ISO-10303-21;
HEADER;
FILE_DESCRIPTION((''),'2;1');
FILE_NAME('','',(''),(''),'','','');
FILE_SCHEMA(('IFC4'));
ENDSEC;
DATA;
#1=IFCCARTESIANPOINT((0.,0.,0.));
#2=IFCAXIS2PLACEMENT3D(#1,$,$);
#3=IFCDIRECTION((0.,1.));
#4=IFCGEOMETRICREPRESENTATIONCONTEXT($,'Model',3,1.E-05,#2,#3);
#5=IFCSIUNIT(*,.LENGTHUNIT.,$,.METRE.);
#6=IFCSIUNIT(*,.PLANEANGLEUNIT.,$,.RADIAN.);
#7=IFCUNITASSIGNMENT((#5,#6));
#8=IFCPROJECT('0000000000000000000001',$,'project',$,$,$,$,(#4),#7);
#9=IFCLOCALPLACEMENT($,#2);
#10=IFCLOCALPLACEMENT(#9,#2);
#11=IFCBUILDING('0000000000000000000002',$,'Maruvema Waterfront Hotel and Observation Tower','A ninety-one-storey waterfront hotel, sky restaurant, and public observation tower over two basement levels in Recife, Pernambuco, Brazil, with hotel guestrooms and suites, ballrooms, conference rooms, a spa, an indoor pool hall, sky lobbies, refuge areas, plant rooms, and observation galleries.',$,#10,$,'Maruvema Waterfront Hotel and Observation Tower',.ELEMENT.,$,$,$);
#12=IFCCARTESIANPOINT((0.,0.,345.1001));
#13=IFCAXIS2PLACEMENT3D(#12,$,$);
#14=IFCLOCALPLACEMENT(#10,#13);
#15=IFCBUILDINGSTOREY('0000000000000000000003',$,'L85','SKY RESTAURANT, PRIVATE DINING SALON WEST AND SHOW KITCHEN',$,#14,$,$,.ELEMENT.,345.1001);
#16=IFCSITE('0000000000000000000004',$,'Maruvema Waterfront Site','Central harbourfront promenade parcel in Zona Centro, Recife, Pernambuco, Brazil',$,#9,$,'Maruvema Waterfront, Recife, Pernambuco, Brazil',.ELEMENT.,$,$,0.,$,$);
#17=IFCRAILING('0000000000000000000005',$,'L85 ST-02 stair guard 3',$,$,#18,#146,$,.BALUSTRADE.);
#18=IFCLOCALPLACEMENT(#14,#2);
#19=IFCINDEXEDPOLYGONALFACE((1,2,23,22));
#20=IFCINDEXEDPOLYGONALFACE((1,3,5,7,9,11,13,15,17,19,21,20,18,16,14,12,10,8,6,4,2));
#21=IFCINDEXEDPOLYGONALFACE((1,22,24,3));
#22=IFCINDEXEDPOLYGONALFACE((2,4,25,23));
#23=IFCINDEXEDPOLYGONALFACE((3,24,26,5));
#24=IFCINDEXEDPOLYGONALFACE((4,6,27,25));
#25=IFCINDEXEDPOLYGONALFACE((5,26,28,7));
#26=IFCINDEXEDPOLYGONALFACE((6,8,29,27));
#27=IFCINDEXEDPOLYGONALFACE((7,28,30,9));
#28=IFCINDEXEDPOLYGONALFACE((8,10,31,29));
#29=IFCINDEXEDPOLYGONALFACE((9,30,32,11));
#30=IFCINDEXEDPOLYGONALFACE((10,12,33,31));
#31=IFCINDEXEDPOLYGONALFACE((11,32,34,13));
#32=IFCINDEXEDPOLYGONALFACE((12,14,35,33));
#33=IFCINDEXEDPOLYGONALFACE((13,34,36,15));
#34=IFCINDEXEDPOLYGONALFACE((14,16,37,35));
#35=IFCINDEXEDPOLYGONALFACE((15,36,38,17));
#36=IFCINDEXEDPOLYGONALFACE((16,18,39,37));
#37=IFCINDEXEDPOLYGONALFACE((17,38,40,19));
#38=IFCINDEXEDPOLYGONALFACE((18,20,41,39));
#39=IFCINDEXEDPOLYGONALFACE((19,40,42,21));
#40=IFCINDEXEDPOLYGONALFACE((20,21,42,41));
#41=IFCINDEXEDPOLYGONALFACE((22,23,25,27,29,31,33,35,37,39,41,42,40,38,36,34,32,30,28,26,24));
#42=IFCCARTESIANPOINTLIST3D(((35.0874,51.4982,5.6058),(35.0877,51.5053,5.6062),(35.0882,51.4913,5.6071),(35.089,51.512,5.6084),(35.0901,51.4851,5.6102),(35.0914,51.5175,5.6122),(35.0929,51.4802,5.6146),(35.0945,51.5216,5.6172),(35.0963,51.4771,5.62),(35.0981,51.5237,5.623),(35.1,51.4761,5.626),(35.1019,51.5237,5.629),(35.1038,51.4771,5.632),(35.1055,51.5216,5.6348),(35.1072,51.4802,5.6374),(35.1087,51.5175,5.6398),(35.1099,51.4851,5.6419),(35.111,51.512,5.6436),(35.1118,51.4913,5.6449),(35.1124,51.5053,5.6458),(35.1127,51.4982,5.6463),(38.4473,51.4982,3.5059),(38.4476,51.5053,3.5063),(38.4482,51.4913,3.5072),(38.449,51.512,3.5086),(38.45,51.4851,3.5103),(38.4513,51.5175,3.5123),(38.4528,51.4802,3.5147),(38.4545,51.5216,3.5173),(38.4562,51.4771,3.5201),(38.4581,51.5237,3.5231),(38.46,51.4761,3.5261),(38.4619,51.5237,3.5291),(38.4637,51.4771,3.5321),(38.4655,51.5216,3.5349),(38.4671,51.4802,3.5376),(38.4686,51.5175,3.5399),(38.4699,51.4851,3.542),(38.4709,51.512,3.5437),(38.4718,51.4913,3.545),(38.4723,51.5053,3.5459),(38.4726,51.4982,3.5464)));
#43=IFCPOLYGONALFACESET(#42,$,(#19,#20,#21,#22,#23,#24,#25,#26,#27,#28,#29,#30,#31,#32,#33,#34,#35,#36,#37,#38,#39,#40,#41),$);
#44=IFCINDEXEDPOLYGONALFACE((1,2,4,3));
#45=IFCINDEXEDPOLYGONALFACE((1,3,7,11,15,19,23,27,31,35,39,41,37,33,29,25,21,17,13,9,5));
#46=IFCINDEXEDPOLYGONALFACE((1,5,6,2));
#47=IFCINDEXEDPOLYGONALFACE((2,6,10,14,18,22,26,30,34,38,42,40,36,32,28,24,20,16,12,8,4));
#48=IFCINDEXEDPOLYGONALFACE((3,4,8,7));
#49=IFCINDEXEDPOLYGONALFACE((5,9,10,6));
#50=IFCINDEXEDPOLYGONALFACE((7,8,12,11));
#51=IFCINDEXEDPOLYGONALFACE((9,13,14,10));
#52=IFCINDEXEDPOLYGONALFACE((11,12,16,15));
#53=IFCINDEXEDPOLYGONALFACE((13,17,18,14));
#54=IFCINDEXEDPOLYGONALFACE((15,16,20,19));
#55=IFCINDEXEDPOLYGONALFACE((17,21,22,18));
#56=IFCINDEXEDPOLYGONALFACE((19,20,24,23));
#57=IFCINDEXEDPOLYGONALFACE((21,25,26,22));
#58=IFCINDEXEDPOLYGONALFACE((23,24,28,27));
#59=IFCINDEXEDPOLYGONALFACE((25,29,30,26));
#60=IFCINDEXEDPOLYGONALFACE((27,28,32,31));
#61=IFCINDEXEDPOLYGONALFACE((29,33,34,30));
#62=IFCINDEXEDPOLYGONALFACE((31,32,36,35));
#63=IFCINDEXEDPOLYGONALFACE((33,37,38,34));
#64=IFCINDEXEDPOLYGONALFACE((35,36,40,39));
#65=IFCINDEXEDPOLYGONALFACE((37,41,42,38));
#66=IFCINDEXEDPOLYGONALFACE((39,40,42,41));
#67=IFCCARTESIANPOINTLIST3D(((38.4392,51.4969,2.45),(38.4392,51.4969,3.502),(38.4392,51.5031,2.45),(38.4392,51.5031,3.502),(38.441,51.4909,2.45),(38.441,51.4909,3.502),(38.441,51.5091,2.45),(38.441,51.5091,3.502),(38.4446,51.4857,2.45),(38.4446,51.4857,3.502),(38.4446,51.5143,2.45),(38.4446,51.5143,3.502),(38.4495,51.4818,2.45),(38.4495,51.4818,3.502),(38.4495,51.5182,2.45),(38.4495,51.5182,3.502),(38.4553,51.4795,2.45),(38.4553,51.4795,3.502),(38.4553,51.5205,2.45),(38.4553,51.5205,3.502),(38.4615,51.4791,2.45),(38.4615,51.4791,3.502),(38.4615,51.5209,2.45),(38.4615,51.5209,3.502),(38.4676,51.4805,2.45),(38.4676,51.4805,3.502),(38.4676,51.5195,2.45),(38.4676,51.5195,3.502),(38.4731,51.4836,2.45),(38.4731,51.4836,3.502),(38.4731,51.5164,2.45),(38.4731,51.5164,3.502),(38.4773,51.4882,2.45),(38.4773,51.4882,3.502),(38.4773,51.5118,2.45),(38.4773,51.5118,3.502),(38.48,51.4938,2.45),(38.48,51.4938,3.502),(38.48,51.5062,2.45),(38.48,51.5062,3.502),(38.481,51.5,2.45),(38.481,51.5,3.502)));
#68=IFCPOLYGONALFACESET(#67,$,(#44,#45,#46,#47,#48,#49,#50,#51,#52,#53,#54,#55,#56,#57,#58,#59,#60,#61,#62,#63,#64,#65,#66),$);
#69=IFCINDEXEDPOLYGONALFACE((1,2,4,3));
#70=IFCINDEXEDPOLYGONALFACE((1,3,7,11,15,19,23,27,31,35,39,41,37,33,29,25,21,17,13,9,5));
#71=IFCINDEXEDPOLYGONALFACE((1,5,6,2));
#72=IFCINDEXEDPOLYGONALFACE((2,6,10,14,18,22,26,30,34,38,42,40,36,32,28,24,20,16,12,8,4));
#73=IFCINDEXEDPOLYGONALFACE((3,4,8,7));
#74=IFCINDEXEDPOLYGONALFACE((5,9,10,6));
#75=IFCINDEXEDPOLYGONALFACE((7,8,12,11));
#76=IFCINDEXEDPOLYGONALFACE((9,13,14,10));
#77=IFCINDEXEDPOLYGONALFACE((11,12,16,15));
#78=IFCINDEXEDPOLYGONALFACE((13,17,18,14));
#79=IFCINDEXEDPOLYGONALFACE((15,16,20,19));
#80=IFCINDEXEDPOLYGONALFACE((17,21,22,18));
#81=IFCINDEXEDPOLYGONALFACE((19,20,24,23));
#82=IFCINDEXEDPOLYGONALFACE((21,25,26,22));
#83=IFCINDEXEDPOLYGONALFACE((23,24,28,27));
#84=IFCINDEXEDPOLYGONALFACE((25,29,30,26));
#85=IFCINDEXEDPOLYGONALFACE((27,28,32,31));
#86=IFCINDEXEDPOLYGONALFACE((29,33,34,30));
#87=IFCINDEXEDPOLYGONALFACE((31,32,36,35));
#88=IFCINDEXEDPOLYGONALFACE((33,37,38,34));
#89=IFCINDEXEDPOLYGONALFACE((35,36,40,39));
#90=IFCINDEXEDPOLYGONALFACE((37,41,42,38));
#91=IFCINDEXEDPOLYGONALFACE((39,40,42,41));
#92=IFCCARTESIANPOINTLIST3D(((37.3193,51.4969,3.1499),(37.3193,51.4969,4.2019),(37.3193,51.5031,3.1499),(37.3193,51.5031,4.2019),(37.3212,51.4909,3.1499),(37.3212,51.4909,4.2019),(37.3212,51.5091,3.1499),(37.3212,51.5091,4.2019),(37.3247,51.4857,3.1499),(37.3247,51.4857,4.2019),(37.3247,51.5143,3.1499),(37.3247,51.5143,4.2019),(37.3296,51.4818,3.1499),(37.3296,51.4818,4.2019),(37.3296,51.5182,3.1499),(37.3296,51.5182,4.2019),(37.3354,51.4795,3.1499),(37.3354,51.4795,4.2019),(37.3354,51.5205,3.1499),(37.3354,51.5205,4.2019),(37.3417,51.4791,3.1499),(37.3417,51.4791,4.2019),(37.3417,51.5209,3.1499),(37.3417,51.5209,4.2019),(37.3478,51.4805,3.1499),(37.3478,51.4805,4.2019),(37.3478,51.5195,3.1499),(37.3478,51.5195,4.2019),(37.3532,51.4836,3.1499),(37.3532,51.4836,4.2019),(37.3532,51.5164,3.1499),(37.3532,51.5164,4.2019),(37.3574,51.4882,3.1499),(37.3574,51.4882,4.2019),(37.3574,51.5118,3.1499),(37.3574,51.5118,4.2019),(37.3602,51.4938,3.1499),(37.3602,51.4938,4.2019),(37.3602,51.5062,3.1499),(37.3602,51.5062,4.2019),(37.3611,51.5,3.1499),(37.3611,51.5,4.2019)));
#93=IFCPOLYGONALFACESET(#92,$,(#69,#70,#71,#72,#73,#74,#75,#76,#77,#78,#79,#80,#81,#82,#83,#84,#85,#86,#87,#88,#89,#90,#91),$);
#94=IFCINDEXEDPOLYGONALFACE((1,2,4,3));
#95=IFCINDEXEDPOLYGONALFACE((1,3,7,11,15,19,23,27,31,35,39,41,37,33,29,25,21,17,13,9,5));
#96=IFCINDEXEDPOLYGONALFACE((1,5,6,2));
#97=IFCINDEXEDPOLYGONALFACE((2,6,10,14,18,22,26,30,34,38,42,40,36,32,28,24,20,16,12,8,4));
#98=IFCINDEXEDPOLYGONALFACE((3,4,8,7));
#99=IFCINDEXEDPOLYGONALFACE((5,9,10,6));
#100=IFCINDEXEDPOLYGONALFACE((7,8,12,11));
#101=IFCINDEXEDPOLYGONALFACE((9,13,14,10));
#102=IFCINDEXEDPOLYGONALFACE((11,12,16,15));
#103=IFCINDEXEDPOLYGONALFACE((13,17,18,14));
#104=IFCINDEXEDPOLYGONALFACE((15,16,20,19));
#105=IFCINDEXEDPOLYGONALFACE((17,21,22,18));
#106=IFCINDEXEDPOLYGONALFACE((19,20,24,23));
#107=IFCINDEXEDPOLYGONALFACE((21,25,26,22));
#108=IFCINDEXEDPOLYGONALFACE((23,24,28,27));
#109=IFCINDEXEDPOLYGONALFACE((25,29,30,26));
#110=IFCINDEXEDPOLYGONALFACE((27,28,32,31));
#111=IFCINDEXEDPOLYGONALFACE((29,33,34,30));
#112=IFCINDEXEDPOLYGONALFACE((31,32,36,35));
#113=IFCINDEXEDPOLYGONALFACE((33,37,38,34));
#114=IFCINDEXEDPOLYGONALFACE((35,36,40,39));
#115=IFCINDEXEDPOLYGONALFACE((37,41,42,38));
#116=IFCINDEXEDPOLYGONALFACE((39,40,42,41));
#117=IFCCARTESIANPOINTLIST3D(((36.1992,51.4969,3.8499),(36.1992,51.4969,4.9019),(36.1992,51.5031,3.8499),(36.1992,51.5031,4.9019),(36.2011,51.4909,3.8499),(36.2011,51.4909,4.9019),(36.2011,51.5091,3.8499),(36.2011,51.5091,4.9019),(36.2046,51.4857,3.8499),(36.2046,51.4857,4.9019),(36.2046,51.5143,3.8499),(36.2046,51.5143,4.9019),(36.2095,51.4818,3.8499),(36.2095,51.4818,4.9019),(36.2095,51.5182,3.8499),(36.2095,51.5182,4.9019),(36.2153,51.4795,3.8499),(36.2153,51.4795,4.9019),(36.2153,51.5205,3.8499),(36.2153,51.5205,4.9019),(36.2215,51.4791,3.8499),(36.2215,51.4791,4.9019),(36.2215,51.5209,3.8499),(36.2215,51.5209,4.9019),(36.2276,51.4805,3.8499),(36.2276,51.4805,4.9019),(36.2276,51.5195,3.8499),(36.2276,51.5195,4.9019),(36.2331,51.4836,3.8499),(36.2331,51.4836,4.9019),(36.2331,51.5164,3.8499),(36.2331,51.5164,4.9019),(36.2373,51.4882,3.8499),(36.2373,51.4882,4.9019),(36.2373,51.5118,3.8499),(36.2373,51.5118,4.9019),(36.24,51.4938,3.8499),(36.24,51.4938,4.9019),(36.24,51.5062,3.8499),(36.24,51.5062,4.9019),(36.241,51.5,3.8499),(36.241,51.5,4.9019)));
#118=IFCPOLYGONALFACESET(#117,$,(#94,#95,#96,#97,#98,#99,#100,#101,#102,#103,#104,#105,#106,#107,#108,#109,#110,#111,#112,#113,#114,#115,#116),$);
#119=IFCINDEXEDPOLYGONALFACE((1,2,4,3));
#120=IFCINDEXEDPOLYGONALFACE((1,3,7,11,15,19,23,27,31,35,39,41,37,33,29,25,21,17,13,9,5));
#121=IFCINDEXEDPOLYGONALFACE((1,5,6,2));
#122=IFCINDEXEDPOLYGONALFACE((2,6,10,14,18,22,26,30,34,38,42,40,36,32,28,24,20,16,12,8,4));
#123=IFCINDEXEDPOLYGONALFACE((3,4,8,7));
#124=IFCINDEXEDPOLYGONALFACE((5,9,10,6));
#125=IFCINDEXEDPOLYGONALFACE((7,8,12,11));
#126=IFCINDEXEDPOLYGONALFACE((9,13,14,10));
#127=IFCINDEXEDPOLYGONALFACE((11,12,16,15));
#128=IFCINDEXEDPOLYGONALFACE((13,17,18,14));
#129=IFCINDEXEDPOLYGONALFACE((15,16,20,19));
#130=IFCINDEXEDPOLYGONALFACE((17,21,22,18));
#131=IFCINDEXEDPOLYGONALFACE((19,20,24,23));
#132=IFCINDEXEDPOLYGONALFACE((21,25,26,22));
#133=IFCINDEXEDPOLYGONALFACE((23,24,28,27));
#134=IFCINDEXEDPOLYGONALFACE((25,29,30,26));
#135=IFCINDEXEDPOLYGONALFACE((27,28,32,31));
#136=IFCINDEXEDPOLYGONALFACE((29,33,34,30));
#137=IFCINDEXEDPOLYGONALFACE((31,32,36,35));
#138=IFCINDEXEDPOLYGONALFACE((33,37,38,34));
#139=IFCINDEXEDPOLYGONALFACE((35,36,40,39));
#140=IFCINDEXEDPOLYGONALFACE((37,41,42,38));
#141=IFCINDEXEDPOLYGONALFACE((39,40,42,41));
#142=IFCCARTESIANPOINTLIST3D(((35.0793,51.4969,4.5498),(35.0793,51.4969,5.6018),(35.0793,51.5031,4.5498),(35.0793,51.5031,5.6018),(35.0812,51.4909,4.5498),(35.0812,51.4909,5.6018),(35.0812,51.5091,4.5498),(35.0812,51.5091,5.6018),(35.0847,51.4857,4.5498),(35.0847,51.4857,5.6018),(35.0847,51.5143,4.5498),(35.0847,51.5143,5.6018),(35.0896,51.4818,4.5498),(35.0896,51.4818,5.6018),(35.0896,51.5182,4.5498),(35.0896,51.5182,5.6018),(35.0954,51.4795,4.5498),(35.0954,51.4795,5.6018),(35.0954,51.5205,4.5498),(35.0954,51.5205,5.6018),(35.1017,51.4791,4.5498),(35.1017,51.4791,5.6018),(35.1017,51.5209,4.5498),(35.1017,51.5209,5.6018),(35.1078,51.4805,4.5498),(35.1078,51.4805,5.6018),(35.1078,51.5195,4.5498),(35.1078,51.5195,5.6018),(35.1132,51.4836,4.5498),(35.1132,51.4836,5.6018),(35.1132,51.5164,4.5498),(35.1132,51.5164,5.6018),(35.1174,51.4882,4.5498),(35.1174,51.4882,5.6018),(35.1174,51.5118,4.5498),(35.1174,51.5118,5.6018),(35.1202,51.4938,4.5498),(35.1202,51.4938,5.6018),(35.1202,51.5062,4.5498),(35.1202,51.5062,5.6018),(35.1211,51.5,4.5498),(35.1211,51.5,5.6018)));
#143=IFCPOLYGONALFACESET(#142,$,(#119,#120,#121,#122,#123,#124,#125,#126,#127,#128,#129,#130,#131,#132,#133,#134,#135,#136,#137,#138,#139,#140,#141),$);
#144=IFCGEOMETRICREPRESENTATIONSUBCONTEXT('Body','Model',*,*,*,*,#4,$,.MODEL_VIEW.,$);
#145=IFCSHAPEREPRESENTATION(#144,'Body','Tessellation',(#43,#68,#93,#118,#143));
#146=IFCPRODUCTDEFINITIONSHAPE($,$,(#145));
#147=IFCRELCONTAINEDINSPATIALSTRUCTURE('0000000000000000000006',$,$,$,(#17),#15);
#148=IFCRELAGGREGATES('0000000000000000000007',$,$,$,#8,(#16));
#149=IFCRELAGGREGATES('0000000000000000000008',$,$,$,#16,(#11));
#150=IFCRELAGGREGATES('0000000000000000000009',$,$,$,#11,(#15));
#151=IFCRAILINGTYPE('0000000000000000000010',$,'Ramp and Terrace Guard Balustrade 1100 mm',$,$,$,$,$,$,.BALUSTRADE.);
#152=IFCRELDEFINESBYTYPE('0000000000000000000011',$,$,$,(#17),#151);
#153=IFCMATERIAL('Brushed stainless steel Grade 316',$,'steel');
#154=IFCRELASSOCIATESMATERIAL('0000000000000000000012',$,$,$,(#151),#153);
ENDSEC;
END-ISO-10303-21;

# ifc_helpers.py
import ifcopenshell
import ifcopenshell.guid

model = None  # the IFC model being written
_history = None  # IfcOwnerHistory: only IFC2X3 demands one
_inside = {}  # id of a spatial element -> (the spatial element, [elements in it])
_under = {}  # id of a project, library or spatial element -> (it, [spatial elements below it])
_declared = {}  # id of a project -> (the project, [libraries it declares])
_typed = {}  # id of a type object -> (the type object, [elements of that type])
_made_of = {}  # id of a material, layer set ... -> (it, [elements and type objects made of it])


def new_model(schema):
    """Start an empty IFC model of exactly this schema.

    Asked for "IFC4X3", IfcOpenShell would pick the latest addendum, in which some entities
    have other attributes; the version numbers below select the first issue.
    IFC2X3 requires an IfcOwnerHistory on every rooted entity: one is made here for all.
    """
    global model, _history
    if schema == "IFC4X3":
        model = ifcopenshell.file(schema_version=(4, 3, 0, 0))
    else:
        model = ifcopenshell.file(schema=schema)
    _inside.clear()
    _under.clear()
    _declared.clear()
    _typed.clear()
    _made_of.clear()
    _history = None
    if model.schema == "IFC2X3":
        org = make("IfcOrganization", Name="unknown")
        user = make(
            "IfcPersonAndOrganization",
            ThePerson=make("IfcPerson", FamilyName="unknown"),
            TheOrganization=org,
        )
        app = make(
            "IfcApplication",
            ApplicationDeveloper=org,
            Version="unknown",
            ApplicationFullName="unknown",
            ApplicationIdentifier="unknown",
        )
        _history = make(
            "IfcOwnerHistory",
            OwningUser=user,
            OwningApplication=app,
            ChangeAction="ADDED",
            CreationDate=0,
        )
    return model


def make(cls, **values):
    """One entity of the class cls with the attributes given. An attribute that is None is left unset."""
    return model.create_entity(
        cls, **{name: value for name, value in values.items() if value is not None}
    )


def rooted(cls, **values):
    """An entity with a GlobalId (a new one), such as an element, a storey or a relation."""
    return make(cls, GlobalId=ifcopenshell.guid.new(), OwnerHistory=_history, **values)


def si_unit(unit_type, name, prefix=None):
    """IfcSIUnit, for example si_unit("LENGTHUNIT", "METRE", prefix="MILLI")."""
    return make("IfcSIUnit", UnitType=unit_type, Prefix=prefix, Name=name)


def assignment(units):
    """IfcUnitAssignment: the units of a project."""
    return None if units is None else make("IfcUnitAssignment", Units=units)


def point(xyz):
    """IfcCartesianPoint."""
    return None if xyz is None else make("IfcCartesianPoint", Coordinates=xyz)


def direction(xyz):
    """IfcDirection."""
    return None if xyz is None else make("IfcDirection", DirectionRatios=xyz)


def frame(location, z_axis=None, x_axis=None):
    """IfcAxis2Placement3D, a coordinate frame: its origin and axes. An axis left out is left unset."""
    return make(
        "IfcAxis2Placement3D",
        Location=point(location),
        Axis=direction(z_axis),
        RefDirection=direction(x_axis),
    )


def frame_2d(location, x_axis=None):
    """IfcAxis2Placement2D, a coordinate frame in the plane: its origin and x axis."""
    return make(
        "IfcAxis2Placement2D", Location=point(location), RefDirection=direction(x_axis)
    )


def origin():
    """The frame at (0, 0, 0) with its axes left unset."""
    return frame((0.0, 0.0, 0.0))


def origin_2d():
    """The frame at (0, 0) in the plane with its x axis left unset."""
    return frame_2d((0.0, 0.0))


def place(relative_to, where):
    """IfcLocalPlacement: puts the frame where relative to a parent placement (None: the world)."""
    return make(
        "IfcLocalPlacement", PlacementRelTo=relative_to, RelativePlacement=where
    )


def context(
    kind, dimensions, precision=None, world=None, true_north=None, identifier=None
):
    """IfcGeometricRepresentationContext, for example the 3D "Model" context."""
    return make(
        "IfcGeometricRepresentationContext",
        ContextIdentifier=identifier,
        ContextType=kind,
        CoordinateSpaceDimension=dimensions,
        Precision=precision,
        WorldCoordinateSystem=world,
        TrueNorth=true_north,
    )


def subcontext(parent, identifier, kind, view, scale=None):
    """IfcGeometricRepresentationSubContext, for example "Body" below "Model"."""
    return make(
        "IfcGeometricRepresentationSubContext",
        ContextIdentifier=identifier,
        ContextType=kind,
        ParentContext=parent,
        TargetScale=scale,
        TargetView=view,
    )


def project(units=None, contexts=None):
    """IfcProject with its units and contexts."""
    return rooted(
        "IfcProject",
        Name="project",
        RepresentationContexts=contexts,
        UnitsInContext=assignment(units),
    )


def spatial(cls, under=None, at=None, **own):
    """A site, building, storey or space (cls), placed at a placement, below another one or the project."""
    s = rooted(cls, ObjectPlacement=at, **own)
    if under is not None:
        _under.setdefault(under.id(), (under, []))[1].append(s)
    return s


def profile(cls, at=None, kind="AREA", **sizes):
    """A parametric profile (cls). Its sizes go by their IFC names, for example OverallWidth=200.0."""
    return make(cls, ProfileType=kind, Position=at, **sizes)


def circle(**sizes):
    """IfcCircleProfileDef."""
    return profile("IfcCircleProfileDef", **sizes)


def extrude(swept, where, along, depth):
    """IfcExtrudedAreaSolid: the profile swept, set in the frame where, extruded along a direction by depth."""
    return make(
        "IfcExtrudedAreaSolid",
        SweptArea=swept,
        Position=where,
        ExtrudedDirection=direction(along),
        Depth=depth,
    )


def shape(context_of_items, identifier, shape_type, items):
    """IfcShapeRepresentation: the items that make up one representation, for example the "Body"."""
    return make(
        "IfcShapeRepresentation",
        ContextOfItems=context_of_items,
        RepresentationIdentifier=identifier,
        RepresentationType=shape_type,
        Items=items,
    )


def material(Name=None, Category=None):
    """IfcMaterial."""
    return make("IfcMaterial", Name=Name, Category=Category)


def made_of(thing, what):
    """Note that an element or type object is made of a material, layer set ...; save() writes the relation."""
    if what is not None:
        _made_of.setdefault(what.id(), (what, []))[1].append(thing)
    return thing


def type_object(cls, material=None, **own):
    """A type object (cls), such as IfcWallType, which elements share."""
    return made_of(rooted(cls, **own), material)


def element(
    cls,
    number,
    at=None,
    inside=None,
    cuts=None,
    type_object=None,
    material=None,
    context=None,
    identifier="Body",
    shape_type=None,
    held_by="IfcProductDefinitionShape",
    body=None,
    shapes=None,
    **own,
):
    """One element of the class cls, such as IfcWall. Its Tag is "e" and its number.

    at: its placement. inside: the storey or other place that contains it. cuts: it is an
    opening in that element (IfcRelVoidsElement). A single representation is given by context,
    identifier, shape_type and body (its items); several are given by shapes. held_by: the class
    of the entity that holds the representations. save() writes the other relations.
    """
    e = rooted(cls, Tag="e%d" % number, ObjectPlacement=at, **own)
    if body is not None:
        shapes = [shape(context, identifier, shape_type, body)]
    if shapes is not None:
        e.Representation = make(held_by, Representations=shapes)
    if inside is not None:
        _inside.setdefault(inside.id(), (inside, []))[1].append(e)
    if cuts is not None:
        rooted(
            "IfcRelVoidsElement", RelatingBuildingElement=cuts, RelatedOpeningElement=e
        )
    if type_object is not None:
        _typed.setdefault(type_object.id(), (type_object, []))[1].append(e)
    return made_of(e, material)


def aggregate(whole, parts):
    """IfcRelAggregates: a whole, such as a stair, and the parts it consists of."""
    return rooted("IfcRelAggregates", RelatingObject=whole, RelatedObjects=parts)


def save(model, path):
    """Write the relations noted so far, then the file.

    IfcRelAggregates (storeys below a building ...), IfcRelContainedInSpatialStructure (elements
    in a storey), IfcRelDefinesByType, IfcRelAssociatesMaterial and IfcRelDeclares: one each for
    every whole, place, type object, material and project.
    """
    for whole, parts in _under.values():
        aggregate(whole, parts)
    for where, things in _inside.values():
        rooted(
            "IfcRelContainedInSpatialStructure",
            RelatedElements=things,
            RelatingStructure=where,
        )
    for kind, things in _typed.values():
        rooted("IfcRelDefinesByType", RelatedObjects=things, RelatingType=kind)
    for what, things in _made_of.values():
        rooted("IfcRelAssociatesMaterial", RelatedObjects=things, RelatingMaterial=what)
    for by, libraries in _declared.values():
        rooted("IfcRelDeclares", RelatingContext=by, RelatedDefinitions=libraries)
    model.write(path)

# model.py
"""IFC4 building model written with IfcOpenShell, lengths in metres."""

from ifc_helpers import new_model, si_unit, direction, frame, origin, origin_2d, place, context, subcontext, project, spatial, circle, extrude, material, type_object, element, save


model = new_model("IFC4")

# Units and contexts
model_context = context("Model", 3, precision=1e-05, world=origin(), true_north=direction((0.0, 1.0)))
body_context = subcontext(model_context, "Body", "Model", "MODEL_VIEW")
ifc_project = project(units=[si_unit("LENGTHUNIT", "METRE"), si_unit("PLANEANGLEUNIT", "RADIAN")], contexts=[model_context])

# Site, building, storey
site_placement = place(None, origin())
site = spatial("IfcSite", under=ifc_project, at=site_placement, Name="Maruvema Waterfront Site", Description="Central harbourfront promenade parcel in Zona Centro, Recife, Pernambuco, Brazil", LongName="Maruvema Waterfront, Recife, Pernambuco, Brazil", CompositionType="ELEMENT", RefElevation=0.0)
building_placement = place(site_placement, origin())
building = spatial("IfcBuilding", under=site, at=building_placement, Name="Maruvema Waterfront Hotel and Observation Tower", Description="A ninety-one-storey waterfront hotel, sky restaurant, and public observation tower over two basement levels in Recife, Pernambuco, Brazil, with hotel guestrooms and suites, ballrooms, conference rooms, a spa, an indoor pool hall, sky lobbies, refuge areas, plant rooms, and observation galleries.", LongName="Maruvema Waterfront Hotel and Observation Tower", CompositionType="ELEMENT")
storey_placement = place(building_placement, frame((0.0, 0.0, 345.1001)))
storey = spatial("IfcBuildingStorey", under=building, at=storey_placement, Name="L85", Description="SKY RESTAURANT, PRIVATE DINING SALON WEST AND SHOW KITCHEN", CompositionType="ELEMENT", Elevation=345.1001)

# Railing
ifc_material_1 = material(Name="Brushed stainless steel Grade 316", Category="steel")
railing_type_1 = type_object("IfcRailingType", Name="Ramp and Terrace Guard Balustrade 1100 mm", PredefinedType="BALUSTRADE", material=ifc_material_1)
railing_1_placement = place(storey_placement, frame((38.46, 51.5, 2.45)))
element("IfcRailing", 1, at=railing_1_placement, inside=storey, type_object=railing_type_1, Name="L85 ST-02 stair guard 3", PredefinedType="BALUSTRADE", context=body_context, shape_type="SweptSolid", body=[
    extrude(circle(Radius=0.0239, at=origin_2d()), frame((0.0, 0.0, 1.0762), z_axis=(-0.848005, 0.0, 0.529988), x_axis=(0.0, -1.0, 0.0)), (0.0, 0.0, 1.0), 3.9622),
    extrude(circle(Radius=0.021, at=origin_2d()), origin(), (0.0, 0.0, 1.0), 1.052),
    extrude(circle(Radius=0.021, at=origin_2d()), frame((-1.1199, 0.0, 0.7)), (0.0, 0.0, 1.0), 1.052),
    extrude(circle(Radius=0.021, at=origin_2d()), frame((-2.24, 0.0, 1.3999)), (0.0, 0.0, 1.0), 1.052),
    extrude(circle(Radius=0.021, at=origin_2d()), frame((-3.3599, 0.0, 2.0999)), (0.0, 0.0, 1.0), 1.052),
])

save(model, "model.ifc")
